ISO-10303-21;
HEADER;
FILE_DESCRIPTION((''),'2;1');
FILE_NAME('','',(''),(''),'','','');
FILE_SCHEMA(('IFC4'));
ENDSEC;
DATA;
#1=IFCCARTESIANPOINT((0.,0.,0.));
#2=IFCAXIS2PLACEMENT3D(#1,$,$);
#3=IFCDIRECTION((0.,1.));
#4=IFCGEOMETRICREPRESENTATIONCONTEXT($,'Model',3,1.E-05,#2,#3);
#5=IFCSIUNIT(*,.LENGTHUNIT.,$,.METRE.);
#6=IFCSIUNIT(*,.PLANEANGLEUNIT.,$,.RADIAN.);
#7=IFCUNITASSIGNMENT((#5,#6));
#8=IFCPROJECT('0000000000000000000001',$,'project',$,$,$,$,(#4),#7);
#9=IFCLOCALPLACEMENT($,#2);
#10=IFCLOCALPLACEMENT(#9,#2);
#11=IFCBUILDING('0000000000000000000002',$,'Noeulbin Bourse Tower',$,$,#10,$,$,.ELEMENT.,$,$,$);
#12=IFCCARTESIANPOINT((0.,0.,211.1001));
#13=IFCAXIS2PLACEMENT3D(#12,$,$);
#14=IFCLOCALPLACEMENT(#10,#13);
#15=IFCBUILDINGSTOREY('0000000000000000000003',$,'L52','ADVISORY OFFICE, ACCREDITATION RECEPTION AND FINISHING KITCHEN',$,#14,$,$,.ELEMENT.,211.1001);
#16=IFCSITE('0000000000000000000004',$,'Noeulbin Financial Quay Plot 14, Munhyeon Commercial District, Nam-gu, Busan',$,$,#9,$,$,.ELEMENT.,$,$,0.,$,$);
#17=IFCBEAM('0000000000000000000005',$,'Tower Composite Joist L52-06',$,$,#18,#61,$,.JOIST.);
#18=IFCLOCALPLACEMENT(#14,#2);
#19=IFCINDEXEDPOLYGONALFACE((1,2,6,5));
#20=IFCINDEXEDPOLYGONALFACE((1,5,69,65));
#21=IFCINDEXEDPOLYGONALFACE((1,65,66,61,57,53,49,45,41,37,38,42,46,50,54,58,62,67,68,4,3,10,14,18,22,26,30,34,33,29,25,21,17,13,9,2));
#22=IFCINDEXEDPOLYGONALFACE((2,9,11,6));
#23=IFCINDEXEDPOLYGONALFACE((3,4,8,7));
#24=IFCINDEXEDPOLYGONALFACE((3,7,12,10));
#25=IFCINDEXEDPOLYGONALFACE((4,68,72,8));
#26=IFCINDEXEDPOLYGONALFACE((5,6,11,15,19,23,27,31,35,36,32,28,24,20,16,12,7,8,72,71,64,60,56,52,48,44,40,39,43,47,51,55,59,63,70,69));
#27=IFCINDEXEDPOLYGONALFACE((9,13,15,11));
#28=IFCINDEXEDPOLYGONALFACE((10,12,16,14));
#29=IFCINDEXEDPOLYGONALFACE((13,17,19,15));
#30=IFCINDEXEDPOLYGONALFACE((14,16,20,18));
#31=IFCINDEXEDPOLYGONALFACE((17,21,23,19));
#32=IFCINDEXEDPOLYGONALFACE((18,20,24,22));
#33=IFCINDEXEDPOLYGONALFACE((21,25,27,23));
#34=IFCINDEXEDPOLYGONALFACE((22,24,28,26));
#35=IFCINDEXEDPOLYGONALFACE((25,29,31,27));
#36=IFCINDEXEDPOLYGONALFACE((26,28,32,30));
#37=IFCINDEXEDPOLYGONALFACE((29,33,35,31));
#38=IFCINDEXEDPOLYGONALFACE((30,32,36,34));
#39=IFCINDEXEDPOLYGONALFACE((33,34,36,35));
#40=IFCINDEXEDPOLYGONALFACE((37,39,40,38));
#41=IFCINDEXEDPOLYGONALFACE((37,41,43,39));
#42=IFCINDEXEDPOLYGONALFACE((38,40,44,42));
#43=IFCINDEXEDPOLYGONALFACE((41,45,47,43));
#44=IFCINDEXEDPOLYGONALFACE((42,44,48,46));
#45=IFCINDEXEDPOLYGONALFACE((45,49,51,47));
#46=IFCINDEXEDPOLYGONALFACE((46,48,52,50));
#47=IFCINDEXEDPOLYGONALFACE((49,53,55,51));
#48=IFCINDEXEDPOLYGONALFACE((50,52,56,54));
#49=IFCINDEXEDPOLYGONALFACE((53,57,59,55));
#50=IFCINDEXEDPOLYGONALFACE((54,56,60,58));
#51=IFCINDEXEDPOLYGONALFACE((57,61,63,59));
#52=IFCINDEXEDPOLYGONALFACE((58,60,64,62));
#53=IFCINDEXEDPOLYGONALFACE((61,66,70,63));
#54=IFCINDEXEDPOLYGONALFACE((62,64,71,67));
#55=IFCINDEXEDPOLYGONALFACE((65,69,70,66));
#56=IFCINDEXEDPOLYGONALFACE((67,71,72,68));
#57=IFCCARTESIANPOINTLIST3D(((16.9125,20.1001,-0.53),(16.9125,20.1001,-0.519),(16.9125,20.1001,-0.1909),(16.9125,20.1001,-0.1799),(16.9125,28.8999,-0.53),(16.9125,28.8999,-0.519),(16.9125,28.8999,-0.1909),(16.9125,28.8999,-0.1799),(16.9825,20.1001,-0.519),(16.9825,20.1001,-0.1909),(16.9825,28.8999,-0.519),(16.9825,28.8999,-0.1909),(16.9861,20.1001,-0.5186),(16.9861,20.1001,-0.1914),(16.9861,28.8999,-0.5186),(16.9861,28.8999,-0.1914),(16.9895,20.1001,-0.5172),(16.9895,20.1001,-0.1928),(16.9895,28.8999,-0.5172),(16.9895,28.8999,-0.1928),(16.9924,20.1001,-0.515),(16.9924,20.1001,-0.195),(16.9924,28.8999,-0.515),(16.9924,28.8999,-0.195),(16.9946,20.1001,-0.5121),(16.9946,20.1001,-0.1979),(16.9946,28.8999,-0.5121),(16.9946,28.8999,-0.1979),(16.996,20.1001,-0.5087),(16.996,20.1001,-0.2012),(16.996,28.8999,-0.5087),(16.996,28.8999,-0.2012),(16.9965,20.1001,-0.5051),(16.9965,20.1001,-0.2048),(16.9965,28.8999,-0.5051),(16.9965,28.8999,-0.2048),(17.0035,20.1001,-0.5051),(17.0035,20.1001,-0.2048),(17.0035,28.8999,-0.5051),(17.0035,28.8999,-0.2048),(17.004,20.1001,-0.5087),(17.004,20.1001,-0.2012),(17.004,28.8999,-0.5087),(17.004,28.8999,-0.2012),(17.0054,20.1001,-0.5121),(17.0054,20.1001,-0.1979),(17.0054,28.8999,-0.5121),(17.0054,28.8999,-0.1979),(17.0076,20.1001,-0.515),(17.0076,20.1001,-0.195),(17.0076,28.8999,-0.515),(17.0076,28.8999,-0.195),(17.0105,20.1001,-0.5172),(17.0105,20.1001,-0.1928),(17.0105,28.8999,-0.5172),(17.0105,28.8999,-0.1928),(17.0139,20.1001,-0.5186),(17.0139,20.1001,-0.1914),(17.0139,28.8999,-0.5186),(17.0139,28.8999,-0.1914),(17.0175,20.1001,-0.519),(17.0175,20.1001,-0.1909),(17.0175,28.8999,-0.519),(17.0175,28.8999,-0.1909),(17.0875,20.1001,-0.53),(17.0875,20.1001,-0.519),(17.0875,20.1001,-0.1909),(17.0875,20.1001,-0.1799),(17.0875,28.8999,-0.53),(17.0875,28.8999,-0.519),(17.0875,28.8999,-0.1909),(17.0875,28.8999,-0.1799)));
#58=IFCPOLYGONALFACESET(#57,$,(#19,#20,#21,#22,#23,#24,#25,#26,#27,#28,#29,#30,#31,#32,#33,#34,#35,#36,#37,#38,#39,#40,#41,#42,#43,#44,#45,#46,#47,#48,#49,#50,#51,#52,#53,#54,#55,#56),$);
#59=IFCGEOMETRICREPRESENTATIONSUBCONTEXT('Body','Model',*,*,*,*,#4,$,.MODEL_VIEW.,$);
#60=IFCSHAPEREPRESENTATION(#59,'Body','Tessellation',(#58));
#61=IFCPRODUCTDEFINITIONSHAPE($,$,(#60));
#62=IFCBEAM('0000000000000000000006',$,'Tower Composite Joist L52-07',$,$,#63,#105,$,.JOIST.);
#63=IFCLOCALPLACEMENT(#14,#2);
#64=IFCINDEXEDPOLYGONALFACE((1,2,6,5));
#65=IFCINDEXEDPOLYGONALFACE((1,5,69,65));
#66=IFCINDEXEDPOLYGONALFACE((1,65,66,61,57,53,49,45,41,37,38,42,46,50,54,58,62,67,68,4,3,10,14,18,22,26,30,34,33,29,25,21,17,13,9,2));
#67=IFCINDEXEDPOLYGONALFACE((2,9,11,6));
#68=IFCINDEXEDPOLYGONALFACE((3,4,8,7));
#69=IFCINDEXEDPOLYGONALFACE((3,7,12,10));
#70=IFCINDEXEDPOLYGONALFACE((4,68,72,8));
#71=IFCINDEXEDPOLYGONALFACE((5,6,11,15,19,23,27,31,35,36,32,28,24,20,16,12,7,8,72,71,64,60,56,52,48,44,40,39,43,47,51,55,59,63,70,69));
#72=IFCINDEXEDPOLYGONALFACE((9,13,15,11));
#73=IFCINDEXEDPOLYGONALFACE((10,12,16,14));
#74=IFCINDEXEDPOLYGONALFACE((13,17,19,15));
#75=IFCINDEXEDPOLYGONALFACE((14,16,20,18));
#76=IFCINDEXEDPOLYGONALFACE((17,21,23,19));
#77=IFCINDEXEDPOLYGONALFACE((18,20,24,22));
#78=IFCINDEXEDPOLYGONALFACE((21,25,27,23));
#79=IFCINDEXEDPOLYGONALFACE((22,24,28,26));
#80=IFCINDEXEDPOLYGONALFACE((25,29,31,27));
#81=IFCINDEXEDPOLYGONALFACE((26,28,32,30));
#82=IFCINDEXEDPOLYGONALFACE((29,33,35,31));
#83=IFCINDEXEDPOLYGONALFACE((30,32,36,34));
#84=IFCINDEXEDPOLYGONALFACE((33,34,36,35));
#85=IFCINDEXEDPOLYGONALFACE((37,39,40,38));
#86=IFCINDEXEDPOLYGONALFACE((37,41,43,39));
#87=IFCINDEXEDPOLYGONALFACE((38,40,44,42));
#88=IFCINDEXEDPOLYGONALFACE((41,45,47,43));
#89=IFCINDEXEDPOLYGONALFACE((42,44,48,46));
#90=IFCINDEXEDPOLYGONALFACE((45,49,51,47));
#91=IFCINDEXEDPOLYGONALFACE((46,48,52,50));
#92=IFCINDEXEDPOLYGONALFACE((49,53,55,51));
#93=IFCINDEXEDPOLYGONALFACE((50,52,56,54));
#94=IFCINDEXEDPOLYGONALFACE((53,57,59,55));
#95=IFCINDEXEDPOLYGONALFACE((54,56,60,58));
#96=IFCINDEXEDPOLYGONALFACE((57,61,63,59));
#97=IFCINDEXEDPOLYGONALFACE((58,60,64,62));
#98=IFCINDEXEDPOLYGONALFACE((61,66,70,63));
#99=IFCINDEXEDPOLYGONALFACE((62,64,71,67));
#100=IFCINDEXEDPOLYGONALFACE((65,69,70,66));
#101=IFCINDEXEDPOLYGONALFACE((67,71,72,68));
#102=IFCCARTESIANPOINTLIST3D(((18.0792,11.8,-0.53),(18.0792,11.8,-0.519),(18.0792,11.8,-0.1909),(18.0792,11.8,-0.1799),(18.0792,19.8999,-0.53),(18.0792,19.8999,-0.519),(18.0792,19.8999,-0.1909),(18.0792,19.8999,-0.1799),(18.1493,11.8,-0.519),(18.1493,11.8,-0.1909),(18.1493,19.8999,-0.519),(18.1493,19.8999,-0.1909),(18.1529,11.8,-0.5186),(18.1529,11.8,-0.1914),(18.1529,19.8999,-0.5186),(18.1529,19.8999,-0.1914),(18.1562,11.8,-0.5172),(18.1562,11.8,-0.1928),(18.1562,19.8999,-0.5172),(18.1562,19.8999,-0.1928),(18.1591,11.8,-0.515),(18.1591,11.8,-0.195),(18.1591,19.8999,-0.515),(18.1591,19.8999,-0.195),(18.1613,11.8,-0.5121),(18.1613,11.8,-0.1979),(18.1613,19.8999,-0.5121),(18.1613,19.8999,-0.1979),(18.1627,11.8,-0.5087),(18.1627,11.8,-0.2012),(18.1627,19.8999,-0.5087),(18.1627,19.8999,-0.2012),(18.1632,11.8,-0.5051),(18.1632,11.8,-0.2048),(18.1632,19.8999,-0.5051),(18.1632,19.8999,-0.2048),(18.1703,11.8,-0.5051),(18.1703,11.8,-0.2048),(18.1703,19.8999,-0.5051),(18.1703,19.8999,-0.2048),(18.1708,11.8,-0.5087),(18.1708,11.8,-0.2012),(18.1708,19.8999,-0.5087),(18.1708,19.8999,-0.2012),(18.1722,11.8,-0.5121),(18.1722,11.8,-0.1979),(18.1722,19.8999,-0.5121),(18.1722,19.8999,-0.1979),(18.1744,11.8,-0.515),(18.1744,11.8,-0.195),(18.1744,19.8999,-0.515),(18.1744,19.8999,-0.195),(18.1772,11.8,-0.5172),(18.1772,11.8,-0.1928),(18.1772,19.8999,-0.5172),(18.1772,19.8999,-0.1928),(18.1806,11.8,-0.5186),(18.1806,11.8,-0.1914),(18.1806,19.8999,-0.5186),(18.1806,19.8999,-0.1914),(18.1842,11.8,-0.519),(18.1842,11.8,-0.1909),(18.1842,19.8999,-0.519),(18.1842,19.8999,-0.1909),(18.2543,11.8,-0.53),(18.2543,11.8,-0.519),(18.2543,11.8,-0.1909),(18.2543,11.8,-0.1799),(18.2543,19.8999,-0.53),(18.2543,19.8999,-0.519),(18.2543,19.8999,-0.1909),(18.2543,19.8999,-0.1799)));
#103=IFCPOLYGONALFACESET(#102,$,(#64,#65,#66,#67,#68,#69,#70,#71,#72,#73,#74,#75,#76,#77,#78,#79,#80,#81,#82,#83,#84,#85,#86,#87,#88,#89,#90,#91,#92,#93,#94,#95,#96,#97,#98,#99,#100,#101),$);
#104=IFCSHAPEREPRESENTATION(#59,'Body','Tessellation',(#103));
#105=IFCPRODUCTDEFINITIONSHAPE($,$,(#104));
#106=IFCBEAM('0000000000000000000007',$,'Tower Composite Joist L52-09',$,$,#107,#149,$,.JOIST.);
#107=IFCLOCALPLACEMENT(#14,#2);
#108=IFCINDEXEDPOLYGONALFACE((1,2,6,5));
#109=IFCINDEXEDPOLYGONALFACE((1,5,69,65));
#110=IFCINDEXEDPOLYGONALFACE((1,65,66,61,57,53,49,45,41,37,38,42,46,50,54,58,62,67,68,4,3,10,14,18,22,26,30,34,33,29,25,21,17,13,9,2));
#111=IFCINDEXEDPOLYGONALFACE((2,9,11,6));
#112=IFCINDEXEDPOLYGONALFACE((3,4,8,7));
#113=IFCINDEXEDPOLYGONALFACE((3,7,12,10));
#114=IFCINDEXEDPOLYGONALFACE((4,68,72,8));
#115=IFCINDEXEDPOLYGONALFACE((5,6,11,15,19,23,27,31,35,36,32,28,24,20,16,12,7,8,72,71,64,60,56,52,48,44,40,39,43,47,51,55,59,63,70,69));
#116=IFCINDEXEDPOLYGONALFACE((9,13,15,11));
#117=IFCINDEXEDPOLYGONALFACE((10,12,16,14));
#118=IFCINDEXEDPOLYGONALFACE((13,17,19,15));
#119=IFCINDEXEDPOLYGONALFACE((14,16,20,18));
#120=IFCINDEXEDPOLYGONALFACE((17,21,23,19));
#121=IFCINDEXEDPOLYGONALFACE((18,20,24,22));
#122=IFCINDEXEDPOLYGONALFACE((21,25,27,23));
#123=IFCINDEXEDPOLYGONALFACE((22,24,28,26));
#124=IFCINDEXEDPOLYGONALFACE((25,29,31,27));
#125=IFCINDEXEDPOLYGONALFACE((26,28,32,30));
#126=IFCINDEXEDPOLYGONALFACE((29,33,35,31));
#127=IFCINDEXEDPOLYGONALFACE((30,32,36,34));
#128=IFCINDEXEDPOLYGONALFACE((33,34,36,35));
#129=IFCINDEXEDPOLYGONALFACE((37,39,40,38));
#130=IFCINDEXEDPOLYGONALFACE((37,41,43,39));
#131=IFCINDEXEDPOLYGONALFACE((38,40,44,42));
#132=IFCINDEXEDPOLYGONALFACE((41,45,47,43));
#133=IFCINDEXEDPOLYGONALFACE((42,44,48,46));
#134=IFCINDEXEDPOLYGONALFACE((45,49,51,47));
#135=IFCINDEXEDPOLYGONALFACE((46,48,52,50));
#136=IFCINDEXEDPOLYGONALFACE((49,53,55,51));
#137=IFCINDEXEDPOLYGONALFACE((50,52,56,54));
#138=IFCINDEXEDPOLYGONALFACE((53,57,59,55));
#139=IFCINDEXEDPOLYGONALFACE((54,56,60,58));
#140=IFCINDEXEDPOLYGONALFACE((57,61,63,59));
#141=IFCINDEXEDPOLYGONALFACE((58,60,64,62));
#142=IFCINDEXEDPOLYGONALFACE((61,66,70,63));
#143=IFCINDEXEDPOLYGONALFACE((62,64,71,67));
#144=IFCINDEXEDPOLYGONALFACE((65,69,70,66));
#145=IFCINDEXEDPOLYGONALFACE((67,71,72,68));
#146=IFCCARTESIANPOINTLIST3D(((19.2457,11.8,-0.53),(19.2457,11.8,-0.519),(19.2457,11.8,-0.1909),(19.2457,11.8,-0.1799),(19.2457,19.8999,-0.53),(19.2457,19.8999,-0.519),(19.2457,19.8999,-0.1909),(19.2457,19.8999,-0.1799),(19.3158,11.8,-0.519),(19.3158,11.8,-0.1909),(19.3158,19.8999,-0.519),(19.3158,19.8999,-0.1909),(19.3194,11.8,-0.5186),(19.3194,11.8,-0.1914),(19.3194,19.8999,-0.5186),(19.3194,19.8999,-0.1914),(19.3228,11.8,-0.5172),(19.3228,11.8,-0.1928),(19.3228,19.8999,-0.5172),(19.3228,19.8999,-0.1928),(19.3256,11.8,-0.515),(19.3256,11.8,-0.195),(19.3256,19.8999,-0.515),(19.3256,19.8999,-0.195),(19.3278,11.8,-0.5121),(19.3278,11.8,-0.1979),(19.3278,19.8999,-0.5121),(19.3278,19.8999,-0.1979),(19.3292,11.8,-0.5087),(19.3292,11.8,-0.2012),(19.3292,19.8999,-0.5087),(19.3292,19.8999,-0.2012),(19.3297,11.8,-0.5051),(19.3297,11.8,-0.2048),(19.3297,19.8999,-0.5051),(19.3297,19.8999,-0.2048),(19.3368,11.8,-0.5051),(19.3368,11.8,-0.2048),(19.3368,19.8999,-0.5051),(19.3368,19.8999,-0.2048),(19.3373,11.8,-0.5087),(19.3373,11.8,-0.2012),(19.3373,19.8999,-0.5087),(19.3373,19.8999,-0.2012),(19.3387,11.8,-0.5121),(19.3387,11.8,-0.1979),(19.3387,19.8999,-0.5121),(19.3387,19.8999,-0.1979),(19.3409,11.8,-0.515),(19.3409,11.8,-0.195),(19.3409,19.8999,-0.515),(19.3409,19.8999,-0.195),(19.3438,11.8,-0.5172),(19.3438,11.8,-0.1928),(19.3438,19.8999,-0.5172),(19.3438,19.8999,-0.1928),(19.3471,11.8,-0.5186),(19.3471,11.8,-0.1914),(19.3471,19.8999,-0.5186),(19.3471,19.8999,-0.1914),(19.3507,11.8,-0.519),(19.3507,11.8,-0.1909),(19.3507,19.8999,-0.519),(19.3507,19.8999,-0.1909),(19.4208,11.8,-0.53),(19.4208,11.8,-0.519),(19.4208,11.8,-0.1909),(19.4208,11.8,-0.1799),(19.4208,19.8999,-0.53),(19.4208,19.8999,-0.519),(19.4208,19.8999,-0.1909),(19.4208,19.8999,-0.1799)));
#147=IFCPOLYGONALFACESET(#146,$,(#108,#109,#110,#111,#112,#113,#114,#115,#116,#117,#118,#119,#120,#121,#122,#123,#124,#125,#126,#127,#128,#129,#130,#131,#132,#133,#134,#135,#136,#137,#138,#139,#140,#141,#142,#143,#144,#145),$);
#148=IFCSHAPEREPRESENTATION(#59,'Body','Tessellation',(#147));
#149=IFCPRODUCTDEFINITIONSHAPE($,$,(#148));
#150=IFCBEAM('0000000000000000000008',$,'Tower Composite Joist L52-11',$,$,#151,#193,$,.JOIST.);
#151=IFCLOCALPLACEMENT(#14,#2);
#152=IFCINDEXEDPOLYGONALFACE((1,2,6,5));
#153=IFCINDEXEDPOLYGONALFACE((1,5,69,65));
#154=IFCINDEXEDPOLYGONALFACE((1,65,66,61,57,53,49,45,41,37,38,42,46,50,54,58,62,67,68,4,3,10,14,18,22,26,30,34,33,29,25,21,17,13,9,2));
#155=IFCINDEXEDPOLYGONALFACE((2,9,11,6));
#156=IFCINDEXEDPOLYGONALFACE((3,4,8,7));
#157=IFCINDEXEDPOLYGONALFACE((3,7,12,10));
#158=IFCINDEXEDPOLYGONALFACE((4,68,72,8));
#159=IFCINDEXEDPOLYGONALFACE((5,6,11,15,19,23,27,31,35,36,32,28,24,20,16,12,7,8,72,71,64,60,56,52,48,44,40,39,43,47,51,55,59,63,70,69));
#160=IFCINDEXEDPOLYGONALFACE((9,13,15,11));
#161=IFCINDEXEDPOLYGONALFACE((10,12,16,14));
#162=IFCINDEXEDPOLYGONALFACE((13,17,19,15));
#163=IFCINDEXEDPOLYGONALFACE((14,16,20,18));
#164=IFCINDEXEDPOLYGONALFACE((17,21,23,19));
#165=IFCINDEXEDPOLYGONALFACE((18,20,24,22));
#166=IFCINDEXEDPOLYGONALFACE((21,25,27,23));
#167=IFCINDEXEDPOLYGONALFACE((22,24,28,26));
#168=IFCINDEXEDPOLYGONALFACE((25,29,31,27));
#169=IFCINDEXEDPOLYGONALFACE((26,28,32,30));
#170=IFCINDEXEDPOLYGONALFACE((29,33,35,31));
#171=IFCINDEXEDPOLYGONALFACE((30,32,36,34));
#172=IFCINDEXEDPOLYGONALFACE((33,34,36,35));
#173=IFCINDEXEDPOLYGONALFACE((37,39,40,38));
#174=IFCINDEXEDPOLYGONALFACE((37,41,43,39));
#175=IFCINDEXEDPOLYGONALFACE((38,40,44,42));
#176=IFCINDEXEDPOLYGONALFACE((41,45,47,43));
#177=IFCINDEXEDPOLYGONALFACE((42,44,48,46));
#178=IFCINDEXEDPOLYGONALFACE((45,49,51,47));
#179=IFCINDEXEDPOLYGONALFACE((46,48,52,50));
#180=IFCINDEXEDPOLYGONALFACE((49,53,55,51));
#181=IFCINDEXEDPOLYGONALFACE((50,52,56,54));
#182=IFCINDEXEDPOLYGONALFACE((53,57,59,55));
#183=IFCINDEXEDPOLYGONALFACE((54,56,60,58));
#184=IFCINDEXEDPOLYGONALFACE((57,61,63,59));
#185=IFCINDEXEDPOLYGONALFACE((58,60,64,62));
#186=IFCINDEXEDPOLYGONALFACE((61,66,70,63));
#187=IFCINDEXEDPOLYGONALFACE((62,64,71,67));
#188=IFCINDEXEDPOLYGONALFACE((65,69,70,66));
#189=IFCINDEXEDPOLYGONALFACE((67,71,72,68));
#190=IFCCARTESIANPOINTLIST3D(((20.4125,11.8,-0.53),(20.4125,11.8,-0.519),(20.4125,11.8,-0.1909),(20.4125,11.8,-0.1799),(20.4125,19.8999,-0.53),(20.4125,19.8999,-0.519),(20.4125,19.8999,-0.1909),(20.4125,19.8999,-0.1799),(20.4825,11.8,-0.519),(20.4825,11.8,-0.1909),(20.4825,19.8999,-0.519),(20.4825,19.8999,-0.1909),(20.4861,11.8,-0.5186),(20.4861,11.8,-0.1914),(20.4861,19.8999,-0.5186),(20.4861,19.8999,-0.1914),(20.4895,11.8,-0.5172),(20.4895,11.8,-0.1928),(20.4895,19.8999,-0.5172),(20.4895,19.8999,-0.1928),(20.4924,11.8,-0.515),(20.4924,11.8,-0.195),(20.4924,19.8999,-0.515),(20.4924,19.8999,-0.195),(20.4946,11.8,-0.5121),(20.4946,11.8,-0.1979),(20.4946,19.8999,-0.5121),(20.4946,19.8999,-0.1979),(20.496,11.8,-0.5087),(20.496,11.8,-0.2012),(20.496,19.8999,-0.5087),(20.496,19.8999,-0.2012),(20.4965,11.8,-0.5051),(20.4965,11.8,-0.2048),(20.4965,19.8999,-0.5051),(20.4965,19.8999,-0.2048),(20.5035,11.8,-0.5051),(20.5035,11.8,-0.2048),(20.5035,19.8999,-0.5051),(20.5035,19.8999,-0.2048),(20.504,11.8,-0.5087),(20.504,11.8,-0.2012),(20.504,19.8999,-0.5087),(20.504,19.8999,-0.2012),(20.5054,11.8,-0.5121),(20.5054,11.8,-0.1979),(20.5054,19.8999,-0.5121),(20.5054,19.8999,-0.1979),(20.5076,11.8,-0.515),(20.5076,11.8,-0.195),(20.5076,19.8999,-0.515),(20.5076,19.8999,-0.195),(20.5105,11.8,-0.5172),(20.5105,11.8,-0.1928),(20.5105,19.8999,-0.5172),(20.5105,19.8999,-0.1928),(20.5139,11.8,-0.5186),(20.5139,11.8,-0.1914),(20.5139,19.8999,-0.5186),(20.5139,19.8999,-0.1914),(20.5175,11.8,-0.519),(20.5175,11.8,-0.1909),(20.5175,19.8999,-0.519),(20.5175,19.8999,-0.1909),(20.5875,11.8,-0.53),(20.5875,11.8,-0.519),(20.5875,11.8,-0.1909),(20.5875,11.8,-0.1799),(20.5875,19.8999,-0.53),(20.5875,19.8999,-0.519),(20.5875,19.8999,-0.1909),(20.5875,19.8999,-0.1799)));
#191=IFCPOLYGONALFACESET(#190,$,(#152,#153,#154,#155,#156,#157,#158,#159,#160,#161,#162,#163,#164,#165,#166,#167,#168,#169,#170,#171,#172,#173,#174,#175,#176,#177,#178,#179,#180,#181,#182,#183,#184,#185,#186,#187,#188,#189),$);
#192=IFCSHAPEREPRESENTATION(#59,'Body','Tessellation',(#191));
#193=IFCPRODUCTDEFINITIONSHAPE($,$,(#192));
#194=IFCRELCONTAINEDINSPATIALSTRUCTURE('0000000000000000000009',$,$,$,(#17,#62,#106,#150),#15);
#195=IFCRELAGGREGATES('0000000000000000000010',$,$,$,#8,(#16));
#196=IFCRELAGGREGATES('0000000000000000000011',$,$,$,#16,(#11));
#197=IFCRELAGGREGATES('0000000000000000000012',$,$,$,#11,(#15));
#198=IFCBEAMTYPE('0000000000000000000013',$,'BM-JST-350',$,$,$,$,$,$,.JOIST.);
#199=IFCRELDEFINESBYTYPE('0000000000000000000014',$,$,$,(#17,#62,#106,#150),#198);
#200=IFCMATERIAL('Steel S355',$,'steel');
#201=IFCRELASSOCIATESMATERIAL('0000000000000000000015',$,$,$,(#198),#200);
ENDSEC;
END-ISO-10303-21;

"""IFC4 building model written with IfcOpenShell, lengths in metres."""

from ifc_helpers import new_model, si_unit, direction, frame, origin, origin_2d, place, context, subcontext, project, spatial, i_section, extrude, material, material_profile, profile_set, type_object, element, save


model = new_model("IFC4")

# Units and contexts
model_context = context("Model", 3, precision=1e-05, world=origin(), true_north=direction((0.0, 1.0)))
body_context = subcontext(model_context, "Body", "Model", "MODEL_VIEW")
ifc_project = project(units=[si_unit("LENGTHUNIT", "METRE"), si_unit("PLANEANGLEUNIT", "RADIAN")], contexts=[model_context])

# Site, building, storey
site_placement = place(None, origin())
site = spatial("IfcSite", under=ifc_project, at=site_placement, Name="Noeulbin Financial Quay Plot 14, Munhyeon Commercial District, Nam-gu, Busan", CompositionType="ELEMENT", RefElevation=0.0)
building_placement = place(site_placement, origin())
building = spatial("IfcBuilding", under=site, at=building_placement, Name="Noeulbin Bourse Tower", CompositionType="ELEMENT")
storey_placement = place(building_placement, frame((0.0, 0.0, 211.1001)))
storey = spatial("IfcBuildingStorey", under=building, at=storey_placement, Name="L52", Description="ADVISORY OFFICE, ACCREDITATION RECEPTION AND FINISHING KITCHEN", CompositionType="ELEMENT", Elevation=211.1001)

# Shared definitions
ifc_material_1 = material(Name="Steel S355", Category="steel")

# Beams
ifc_material_profile_1 = material_profile(ifc_material_1, i_section(OverallWidth=0.175, OverallDepth=0.3501, WebThickness=0.0071, FlangeThickness=0.011, FilletRadius=0.0139, at=origin_2d()), Name="H-350x175x7x11", Category="LoadBearing")
ifc_profile_set_1 = profile_set([ifc_material_profile_1], Name="Steel S355")
beam_type_1 = type_object("IfcBeamType", Name="BM-JST-350", PredefinedType="JOIST", material=ifc_profile_set_1)
beam_1_placement = place(storey_placement, frame((17.0, 20.1001, -0.355), z_axis=(0.0, 1.0, 0.0), x_axis=(-1.0, 0.0, 0.0)))
element("IfcBeam", 1, at=beam_1_placement, inside=storey, type_object=beam_type_1, Name="Tower Composite Joist L52-06", PredefinedType="JOIST", context=body_context, shape_type="SweptSolid", body=[
    extrude(i_section(OverallWidth=0.175, OverallDepth=0.3501, WebThickness=0.0071, FlangeThickness=0.011, FilletRadius=0.0139, at=origin_2d()), origin(), (0.0, 0.0, 1.0), 8.7998),
])
for number, where, z_axis, x_axis, name in (
    (2, (18.1667, 11.8, -0.355), (0.0, 1.0, 0.0), (-1.0, 0.0, 0.0), "Tower Composite Joist L52-07"),
    (3, (19.3333, 11.8, -0.355), (0.0, 1.0, 0.0), (-1.0, 0.0, 0.0), "Tower Composite Joist L52-09"),
    (4, (20.5, 11.8, -0.355), (0.0, 1.0, 0.0), (-1.0, 0.0, 0.0), "Tower Composite Joist L52-11"),
):
    element("IfcBeam", number, at=place(storey_placement, frame(where, z_axis=z_axis, x_axis=x_axis)), inside=storey, type_object=beam_type_1, Name=name, PredefinedType="JOIST", context=body_context, shape_type="SweptSolid", body=[
        extrude(i_section(OverallWidth=0.175, OverallDepth=0.3501, WebThickness=0.0071, FlangeThickness=0.011, FilletRadius=0.0139, at=origin_2d()), origin(), (0.0, 0.0, 1.0), 8.0999),
    ])

save(model, "model.ifc")
